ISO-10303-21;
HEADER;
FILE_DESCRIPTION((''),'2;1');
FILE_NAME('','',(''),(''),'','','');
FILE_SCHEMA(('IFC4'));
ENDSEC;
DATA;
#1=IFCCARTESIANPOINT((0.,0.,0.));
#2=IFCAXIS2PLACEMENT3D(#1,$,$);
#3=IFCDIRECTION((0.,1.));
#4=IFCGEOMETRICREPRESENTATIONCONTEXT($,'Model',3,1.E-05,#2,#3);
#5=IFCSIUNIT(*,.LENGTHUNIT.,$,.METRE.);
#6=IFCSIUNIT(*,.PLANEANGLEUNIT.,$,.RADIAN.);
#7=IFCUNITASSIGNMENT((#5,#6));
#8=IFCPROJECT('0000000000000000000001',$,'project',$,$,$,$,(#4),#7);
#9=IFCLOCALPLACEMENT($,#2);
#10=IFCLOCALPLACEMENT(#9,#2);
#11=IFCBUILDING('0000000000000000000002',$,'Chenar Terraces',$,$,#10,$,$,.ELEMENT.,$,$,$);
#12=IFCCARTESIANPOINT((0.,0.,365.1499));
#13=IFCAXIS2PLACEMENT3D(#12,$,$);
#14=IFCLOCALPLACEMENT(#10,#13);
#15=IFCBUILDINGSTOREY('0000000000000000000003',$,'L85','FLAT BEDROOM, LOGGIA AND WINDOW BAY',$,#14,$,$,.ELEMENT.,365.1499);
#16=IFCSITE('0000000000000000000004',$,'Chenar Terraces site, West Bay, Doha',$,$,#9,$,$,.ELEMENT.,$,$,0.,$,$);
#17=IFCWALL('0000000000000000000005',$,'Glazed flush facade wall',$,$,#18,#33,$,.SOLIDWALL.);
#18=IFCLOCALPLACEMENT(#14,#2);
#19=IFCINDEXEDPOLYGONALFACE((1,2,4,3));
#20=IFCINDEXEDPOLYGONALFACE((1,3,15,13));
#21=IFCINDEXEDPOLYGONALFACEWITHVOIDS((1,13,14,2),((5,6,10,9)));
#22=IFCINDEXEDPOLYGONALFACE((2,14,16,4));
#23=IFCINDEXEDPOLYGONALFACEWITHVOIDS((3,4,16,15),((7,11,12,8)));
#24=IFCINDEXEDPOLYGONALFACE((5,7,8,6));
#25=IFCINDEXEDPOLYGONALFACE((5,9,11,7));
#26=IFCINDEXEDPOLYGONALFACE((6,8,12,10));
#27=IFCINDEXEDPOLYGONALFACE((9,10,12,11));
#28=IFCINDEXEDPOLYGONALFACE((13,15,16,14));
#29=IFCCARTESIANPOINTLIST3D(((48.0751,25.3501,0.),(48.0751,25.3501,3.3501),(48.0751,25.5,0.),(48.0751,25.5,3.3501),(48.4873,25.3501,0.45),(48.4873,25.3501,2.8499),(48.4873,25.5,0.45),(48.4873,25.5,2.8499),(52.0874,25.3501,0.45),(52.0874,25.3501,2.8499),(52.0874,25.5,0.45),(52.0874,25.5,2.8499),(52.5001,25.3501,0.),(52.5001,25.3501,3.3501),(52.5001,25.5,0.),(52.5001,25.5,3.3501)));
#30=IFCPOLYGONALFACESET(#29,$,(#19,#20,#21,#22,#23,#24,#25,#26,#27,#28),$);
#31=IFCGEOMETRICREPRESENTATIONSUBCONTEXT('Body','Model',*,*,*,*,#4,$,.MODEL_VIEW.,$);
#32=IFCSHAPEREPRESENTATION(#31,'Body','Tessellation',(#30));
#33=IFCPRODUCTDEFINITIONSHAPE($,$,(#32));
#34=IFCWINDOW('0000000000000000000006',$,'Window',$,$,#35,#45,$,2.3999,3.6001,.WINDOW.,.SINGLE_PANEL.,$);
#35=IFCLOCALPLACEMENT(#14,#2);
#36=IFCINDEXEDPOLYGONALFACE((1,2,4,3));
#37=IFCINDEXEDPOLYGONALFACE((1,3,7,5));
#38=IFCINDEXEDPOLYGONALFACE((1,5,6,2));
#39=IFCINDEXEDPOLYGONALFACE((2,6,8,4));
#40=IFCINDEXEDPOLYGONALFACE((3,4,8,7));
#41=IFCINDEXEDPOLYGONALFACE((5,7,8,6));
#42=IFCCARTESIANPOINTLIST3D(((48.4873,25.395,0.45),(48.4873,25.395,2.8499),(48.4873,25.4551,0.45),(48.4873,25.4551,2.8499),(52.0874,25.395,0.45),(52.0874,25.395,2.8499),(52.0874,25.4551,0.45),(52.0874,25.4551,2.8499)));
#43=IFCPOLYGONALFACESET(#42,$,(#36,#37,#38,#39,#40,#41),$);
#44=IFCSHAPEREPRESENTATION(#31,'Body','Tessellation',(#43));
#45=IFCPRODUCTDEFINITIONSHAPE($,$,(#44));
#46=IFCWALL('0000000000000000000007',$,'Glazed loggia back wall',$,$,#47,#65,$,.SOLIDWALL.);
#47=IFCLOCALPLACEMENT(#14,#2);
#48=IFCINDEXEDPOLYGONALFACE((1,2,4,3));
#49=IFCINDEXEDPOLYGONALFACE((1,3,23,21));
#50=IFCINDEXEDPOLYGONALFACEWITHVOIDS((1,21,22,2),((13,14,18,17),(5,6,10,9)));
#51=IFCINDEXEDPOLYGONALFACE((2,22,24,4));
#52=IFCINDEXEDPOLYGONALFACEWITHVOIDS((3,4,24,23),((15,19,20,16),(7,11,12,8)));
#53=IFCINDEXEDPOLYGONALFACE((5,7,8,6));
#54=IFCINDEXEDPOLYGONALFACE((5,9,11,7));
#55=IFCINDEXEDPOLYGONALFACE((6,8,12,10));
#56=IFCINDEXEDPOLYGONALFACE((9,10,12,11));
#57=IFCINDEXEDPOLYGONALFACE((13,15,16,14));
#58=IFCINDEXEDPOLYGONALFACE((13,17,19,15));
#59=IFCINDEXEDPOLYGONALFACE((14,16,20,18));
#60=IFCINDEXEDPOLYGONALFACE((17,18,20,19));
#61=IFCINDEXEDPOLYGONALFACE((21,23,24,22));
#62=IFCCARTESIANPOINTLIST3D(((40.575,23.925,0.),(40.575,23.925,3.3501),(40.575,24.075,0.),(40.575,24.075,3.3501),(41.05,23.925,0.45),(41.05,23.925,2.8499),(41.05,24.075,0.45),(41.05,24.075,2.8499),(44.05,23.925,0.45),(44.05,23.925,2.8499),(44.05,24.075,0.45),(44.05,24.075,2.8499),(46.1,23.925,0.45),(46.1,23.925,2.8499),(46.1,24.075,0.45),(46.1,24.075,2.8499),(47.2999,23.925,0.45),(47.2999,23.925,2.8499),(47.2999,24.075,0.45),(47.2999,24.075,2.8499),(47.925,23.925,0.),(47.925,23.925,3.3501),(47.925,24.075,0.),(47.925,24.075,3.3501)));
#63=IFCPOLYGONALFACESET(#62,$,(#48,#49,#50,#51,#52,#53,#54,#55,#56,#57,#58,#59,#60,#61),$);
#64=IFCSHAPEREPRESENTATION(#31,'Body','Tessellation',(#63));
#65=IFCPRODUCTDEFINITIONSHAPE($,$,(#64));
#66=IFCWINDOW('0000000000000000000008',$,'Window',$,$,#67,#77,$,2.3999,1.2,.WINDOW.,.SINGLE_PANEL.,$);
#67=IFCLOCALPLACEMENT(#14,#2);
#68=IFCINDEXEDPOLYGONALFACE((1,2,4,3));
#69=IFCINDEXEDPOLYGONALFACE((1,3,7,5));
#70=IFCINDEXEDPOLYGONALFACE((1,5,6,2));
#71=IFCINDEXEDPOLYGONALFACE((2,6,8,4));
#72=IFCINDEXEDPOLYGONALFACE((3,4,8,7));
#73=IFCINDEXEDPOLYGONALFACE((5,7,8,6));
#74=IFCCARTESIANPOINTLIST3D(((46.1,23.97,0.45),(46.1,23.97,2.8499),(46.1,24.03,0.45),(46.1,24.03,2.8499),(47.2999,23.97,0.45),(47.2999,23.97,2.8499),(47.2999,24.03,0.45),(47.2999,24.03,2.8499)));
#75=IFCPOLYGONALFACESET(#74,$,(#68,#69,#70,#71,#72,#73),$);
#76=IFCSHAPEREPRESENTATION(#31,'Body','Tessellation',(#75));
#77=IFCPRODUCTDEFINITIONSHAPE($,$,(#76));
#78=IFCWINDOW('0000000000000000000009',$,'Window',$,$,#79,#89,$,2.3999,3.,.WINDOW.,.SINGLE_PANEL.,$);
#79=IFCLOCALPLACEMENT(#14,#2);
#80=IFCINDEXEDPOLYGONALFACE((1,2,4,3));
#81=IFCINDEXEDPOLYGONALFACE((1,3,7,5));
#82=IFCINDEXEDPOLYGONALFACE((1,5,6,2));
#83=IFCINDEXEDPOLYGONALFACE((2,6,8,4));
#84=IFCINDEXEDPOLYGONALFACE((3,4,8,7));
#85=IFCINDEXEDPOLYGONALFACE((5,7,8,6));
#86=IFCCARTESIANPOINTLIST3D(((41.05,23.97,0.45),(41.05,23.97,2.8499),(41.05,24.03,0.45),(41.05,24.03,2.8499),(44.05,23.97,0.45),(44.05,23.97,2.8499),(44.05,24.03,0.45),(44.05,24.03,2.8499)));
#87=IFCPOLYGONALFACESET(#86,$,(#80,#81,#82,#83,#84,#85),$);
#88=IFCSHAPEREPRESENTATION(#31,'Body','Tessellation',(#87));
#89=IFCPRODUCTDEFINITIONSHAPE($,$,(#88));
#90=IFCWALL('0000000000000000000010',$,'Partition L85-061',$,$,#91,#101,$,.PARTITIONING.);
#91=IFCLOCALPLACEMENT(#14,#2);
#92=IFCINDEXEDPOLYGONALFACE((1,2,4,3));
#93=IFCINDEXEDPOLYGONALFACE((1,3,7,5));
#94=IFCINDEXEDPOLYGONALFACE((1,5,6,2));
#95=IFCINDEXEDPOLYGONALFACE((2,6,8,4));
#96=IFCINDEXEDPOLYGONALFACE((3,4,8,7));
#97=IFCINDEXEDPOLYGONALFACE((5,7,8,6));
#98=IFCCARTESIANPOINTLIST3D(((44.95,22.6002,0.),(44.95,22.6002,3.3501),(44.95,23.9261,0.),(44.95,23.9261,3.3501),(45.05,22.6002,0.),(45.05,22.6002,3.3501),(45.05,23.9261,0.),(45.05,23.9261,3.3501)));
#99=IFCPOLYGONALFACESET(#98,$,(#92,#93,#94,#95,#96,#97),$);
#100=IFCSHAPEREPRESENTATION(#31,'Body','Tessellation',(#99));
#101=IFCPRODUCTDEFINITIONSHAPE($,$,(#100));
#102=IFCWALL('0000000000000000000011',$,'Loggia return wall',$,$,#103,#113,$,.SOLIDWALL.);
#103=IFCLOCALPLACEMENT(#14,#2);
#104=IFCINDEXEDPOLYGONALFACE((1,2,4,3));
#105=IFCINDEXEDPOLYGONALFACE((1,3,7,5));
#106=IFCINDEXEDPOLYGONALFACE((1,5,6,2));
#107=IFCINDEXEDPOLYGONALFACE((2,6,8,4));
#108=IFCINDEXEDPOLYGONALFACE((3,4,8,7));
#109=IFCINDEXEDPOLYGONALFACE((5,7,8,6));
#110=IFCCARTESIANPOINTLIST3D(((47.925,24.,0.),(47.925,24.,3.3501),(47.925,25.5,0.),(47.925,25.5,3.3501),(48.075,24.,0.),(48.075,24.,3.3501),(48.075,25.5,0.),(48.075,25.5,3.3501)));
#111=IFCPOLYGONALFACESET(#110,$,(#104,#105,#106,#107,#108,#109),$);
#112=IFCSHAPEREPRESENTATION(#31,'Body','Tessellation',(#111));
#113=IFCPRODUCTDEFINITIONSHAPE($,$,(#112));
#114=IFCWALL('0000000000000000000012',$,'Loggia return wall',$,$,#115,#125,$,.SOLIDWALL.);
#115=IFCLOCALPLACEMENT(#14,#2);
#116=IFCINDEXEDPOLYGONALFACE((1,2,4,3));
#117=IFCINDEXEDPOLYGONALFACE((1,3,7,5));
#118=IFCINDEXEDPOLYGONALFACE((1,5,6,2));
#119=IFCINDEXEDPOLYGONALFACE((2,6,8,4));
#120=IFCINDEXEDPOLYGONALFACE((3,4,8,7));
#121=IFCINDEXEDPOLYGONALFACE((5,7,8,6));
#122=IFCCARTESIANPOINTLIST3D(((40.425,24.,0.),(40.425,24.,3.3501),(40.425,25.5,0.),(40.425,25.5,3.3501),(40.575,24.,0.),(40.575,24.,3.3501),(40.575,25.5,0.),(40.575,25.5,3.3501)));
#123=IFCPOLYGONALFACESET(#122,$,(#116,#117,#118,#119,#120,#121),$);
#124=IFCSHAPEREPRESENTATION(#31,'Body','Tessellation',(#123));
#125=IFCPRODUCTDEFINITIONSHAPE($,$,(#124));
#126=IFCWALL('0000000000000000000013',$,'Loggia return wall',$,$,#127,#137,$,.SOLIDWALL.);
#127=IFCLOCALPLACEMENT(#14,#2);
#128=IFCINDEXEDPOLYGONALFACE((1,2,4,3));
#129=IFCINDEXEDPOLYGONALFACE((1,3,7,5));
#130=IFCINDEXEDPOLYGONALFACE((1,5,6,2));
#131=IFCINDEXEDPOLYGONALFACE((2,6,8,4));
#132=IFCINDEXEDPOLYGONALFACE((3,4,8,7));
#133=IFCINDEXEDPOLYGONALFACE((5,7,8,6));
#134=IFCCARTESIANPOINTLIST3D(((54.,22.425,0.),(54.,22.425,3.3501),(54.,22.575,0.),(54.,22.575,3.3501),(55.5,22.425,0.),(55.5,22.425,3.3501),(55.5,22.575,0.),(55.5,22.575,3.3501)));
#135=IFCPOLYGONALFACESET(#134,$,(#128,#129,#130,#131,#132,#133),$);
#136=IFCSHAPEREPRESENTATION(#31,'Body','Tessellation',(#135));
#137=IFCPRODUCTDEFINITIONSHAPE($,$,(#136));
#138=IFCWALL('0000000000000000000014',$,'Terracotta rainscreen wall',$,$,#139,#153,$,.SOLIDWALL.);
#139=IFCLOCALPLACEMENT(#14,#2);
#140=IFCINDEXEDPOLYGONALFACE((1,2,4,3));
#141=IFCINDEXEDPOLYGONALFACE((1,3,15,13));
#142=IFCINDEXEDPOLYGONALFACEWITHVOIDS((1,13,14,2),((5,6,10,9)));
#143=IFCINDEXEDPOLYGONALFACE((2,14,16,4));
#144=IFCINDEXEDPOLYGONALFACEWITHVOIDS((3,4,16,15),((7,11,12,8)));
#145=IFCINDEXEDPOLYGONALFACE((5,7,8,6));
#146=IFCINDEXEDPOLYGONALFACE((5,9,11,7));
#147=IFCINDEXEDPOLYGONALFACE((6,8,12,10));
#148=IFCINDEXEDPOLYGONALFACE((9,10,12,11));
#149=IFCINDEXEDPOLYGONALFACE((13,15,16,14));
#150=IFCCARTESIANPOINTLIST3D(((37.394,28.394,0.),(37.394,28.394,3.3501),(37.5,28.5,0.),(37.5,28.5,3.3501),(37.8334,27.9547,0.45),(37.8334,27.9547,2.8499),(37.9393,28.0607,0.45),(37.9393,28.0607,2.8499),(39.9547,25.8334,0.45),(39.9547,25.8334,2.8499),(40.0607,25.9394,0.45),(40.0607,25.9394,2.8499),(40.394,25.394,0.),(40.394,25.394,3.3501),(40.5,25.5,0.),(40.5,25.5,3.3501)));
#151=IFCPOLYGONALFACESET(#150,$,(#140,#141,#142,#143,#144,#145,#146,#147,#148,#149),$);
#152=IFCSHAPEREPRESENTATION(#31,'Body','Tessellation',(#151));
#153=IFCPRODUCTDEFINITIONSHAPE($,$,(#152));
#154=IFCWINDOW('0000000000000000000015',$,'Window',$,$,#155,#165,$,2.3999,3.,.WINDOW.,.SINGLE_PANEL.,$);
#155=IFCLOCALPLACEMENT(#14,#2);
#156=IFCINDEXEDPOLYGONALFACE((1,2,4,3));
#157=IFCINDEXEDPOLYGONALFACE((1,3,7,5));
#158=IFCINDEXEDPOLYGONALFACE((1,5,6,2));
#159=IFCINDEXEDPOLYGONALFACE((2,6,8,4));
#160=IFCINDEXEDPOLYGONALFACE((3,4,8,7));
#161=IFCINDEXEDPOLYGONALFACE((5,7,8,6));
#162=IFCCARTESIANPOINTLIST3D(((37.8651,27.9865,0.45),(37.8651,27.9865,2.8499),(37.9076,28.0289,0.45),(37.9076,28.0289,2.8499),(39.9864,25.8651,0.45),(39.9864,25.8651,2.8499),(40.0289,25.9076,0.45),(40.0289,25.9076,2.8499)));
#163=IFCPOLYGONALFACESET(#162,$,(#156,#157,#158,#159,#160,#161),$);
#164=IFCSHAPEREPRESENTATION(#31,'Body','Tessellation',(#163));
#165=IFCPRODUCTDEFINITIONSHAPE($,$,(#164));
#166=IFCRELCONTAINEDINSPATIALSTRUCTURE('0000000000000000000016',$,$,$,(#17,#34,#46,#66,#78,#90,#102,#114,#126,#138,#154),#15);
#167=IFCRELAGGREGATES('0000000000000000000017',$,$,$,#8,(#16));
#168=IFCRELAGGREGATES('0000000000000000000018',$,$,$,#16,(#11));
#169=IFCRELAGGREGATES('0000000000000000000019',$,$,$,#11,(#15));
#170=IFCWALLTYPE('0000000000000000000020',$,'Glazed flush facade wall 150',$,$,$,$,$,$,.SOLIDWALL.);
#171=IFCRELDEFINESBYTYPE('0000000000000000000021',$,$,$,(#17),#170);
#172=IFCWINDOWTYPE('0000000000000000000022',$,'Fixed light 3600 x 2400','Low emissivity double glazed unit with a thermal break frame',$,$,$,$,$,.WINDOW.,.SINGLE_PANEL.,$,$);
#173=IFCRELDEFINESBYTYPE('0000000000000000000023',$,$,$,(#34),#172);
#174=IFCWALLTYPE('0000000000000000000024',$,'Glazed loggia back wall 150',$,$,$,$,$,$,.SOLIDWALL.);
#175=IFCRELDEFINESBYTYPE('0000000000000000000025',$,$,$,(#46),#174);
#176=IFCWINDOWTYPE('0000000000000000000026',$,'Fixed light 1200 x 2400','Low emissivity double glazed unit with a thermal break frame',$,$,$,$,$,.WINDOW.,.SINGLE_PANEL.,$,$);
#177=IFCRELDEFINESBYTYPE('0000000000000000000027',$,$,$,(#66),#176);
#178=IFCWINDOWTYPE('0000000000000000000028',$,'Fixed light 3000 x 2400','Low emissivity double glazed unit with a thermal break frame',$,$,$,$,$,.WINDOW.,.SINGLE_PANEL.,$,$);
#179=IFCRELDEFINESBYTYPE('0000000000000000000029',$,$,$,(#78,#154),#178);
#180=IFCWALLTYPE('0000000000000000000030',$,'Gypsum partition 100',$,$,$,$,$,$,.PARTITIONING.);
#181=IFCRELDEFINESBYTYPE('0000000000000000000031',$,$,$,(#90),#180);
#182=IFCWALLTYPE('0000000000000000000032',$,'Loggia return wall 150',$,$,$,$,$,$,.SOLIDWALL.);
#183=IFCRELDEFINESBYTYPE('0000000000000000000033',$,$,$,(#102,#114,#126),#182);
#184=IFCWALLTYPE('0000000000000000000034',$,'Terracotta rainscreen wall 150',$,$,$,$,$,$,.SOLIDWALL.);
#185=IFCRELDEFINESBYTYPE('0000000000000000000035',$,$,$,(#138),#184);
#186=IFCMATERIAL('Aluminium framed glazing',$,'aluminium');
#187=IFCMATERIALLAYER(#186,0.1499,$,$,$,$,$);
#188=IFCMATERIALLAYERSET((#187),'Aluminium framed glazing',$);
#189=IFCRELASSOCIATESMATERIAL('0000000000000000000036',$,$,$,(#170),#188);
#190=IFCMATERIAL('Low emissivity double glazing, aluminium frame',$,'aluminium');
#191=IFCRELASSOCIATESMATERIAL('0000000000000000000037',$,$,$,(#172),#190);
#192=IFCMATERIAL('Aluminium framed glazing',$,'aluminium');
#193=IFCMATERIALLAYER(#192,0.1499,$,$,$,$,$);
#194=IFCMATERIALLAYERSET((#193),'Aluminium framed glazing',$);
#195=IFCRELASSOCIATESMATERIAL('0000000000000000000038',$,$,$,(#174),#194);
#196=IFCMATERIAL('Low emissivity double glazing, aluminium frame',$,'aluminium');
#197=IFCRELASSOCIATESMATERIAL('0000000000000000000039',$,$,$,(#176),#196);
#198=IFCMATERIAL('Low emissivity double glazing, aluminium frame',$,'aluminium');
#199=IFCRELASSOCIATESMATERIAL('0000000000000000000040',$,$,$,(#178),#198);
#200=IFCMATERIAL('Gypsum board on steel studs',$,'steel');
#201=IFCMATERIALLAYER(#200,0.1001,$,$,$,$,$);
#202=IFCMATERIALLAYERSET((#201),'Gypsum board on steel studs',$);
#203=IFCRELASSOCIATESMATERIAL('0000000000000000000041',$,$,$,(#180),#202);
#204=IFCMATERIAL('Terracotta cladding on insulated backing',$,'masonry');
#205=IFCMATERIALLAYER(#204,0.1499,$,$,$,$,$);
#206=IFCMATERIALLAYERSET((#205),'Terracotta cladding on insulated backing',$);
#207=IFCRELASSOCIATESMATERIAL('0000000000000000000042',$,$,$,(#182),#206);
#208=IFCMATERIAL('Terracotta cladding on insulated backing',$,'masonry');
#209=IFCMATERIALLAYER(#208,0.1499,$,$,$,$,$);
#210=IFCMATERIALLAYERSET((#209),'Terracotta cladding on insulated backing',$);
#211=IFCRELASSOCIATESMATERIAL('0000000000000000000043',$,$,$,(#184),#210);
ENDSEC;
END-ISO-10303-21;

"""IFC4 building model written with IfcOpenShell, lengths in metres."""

from ifc_helpers import new_model, si_unit, direction, frame, frame_2d, origin, place, context, subcontext, project, spatial, rectangle, extrude, material, layer, layer_set, type_object, element, fill, save


model = new_model("IFC4")

# Units and contexts
model_context = context("Model", 3, precision=1e-05, world=origin(), true_north=direction((0.0, 1.0)))
body_context = subcontext(model_context, "Body", "Model", "MODEL_VIEW")
ifc_project = project(units=[si_unit("LENGTHUNIT", "METRE"), si_unit("PLANEANGLEUNIT", "RADIAN")], contexts=[model_context])

# Site, building, storey
site_placement = place(None, origin())
site = spatial("IfcSite", under=ifc_project, at=site_placement, Name="Chenar Terraces site, West Bay, Doha", CompositionType="ELEMENT", RefElevation=0.0)
building_placement = place(site_placement, origin())
building = spatial("IfcBuilding", under=site, at=building_placement, Name="Chenar Terraces", CompositionType="ELEMENT")
storey_placement = place(building_placement, frame((0.0, 0.0, 365.1499)))
storey = spatial("IfcBuildingStorey", under=building, at=storey_placement, Name="L85", Description="FLAT BEDROOM, LOGGIA AND WINDOW BAY", CompositionType="ELEMENT", Elevation=365.1499)

# Wall, opening, window
ifc_material_1 = material(Name="Aluminium framed glazing", Category="aluminium")
ifc_layer_1 = layer(ifc_material_1, 0.1499)
ifc_layer_set_1 = layer_set([ifc_layer_1], Name="Aluminium framed glazing")
wall_type_1 = type_object("IfcWallType", Name="Glazed flush facade wall 150", PredefinedType="SOLIDWALL", material=ifc_layer_set_1)
wall_1_placement = place(storey_placement, frame((52.5, 25.425, 0.0), z_axis=(0.0, 0.0, 1.0), x_axis=(-1.0, 0.0, 0.0)))
wall_1 = element("IfcWall", 1, at=wall_1_placement, inside=storey, type_object=wall_type_1, Name="Glazed flush facade wall", PredefinedType="SOLIDWALL", context=body_context, shape_type="SweptSolid", body=[
    extrude(rectangle(XDim=4.425, YDim=0.1499, at=frame_2d((2.2124, 0.0))), origin(), (0.0, 0.0, 1.0), 3.3501),
])
opening_1_placement = place(wall_1_placement, frame((0.4126, 0.0, 0.45)))
opening_1 = element("IfcOpeningElement", 2, at=opening_1_placement, cuts=wall_1, PredefinedType="OPENING", context=body_context, shape_type="SweptSolid", body=[
    extrude(rectangle(XDim=3.6001, YDim=2.3999, at=frame_2d((1.8, 1.2))), frame((0.0, 0.085, 0.0), z_axis=(0.0, -1.0, 0.0), x_axis=(1.0, 0.0, 0.0)), (0.0, 0.0, 1.0), 0.1699),
])
ifc_material_2 = material(Name="Low emissivity double glazing, aluminium frame", Category="aluminium")
window_type_1 = type_object("IfcWindowType", Name="Fixed light 3600 x 2400", Description="Low emissivity double glazed unit with a thermal break frame", PartitioningType="SINGLE_PANEL", PredefinedType="WINDOW", material=ifc_material_2)
window_1_placement = place(opening_1_placement, origin())
window_1 = element("IfcWindow", 3, at=window_1_placement, inside=storey, type_object=window_type_1, Name="Window", OverallHeight=2.3999, OverallWidth=3.6001, PartitioningType="SINGLE_PANEL", PredefinedType="WINDOW", context=body_context, shape_type="SweptSolid", body=[
    extrude(rectangle(XDim=3.6001, YDim=2.3999, at=frame_2d((1.8, 1.2))), frame((0.0, 0.03, 0.0), z_axis=(0.0, -1.0, 0.0), x_axis=(1.0, 0.0, 0.0)), (0.0, 0.0, 1.0), 0.0601),
])
fill(opening_1, window_1)

# Wall, openings, windows
ifc_material_3 = material(Name="Aluminium framed glazing", Category="aluminium")
ifc_layer_2 = layer(ifc_material_3, 0.1499)
ifc_layer_set_2 = layer_set([ifc_layer_2], Name="Aluminium framed glazing")
wall_type_2 = type_object("IfcWallType", Name="Glazed loggia back wall 150", PredefinedType="SOLIDWALL", material=ifc_layer_set_2)
wall_2_placement = place(storey_placement, frame((47.925, 24.0, 0.0), z_axis=(0.0, 0.0, 1.0), x_axis=(-1.0, 0.0, 0.0)))
wall_2 = element("IfcWall", 4, at=wall_2_placement, inside=storey, type_object=wall_type_2, Name="Glazed loggia back wall", PredefinedType="SOLIDWALL", context=body_context, shape_type="SweptSolid", body=[
    extrude(rectangle(XDim=7.3501, YDim=0.1499, at=frame_2d((3.675, 0.0))), origin(), (0.0, 0.0, 1.0), 3.3501),
])
opening_2_placement = place(wall_2_placement, frame((0.625, 0.0, 0.45)))
opening_2 = element("IfcOpeningElement", 5, at=opening_2_placement, cuts=wall_2, PredefinedType="OPENING", context=body_context, shape_type="SweptSolid", body=[
    extrude(rectangle(XDim=1.2, YDim=2.3999, at=frame_2d((0.6001, 1.2))), frame((0.0, 0.085, 0.0), z_axis=(0.0, -1.0, 0.0), x_axis=(1.0, 0.0, 0.0)), (0.0, 0.0, 1.0), 0.1699),
])
opening_3_placement = place(wall_2_placement, frame((3.875, 0.0, 0.45)))
opening_3 = element("IfcOpeningElement", 6, at=opening_3_placement, cuts=wall_2, PredefinedType="OPENING", context=body_context, shape_type="SweptSolid", body=[
    extrude(rectangle(XDim=3.0, YDim=2.3999, at=frame_2d((1.5, 1.2))), frame((0.0, 0.085, 0.0), z_axis=(0.0, -1.0, 0.0), x_axis=(1.0, 0.0, 0.0)), (0.0, 0.0, 1.0), 0.1699),
])
ifc_material_4 = material(Name="Low emissivity double glazing, aluminium frame", Category="aluminium")
window_type_2 = type_object("IfcWindowType", Name="Fixed light 1200 x 2400", Description="Low emissivity double glazed unit with a thermal break frame", PartitioningType="SINGLE_PANEL", PredefinedType="WINDOW", material=ifc_material_4)
window_2_placement = place(opening_2_placement, origin())
window_2 = element("IfcWindow", 7, at=window_2_placement, inside=storey, type_object=window_type_2, Name="Window", OverallHeight=2.3999, OverallWidth=1.2, PartitioningType="SINGLE_PANEL", PredefinedType="WINDOW", context=body_context, shape_type="SweptSolid", body=[
    extrude(rectangle(XDim=1.2, YDim=2.3999, at=frame_2d((0.6001, 1.2))), frame((0.0, 0.03, 0.0), z_axis=(0.0, -1.0, 0.0), x_axis=(1.0, 0.0, 0.0)), (0.0, 0.0, 1.0), 0.0601),
])
fill(opening_2, window_2)
ifc_material_5 = material(Name="Low emissivity double glazing, aluminium frame", Category="aluminium")
window_type_3 = type_object("IfcWindowType", Name="Fixed light 3000 x 2400", Description="Low emissivity double glazed unit with a thermal break frame", PartitioningType="SINGLE_PANEL", PredefinedType="WINDOW", material=ifc_material_5)
window_3_placement = place(opening_3_placement, origin())
window_3 = element("IfcWindow", 8, at=window_3_placement, inside=storey, type_object=window_type_3, Name="Window", OverallHeight=2.3999, OverallWidth=3.0, PartitioningType="SINGLE_PANEL", PredefinedType="WINDOW", context=body_context, shape_type="SweptSolid", body=[
    extrude(rectangle(XDim=3.0, YDim=2.3999, at=frame_2d((1.5, 1.2))), frame((0.0, 0.03, 0.0), z_axis=(0.0, -1.0, 0.0), x_axis=(1.0, 0.0, 0.0)), (0.0, 0.0, 1.0), 0.0601),
])
fill(opening_3, window_3)

# Walls
ifc_material_6 = material(Name="Gypsum board on steel studs", Category="steel")
ifc_layer_3 = layer(ifc_material_6, 0.1001)
ifc_layer_set_3 = layer_set([ifc_layer_3], Name="Gypsum board on steel studs")
wall_type_3 = type_object("IfcWallType", Name="Gypsum partition 100", PredefinedType="PARTITIONING", material=ifc_layer_set_3)
wall_3_placement = place(storey_placement, frame((45.0, 22.6001, 0.0), z_axis=(0.0, 0.0, 1.0), x_axis=(0.0, 1.0, 0.0)))
element("IfcWall", 9, at=wall_3_placement, inside=storey, type_object=wall_type_3, Name="Partition L85-061", PredefinedType="PARTITIONING", context=body_context, shape_type="SweptSolid", body=[
    extrude(rectangle(XDim=1.3259, YDim=0.1001, at=frame_2d((0.6631, 0.0))), origin(), (0.0, 0.0, 1.0), 3.3501),
])
ifc_material_7 = material(Name="Terracotta cladding on insulated backing", Category="masonry")
ifc_layer_4 = layer(ifc_material_7, 0.1499)
ifc_layer_set_4 = layer_set([ifc_layer_4], Name="Terracotta cladding on insulated backing")
wall_type_4 = type_object("IfcWallType", Name="Loggia return wall 150", PredefinedType="SOLIDWALL", material=ifc_layer_set_4)
for number, where, z_axis, x_axis, name in (
    (10, (48.0, 25.5, 0.0), (0.0, 0.0, 1.0), (0.0, -1.0, 0.0), "Loggia return wall"),
    (11, (40.5, 25.5, 0.0), (0.0, 0.0, 1.0), (0.0, -1.0, 0.0), "Loggia return wall"),
    (12, (55.5, 22.5, 0.0), (0.0, 0.0, 1.0), (-1.0, 0.0, 0.0), "Loggia return wall"),
):
    element("IfcWall", number, at=place(storey_placement, frame(where, z_axis=z_axis, x_axis=x_axis)), inside=storey, type_object=wall_type_4, Name=name, PredefinedType="SOLIDWALL", context=body_context, shape_type="SweptSolid", body=[
        extrude(rectangle(XDim=1.5, YDim=0.1499, at=frame_2d((0.75, 0.0))), origin(), (0.0, 0.0, 1.0), 3.3501),
    ])

# Wall, opening, window
ifc_material_8 = material(Name="Terracotta cladding on insulated backing", Category="masonry")
ifc_layer_5 = layer(ifc_material_8, 0.1499)
ifc_layer_set_5 = layer_set([ifc_layer_5], Name="Terracotta cladding on insulated backing")
wall_type_5 = type_object("IfcWallType", Name="Terracotta rainscreen wall 150", PredefinedType="SOLIDWALL", material=ifc_layer_set_5)
wall_4_placement = place(storey_placement, frame((40.447, 25.447, 0.0), z_axis=(0.0, 0.0, 1.0), x_axis=(-0.707107, 0.707107, 0.0)))
wall_4 = element("IfcWall", 13, at=wall_4_placement, inside=storey, type_object=wall_type_5, Name="Terracotta rainscreen wall", PredefinedType="SOLIDWALL", context=body_context, shape_type="SweptSolid", body=[
    extrude(rectangle(XDim=4.2427, YDim=0.1499, at=frame_2d((2.1213, 0.0))), origin(), (0.0, 0.0, 1.0), 3.3501),
])
opening_4_placement = place(wall_4_placement, frame((0.6213, 0.0, 0.45)))
opening_4 = element("IfcOpeningElement", 14, at=opening_4_placement, cuts=wall_4, PredefinedType="OPENING", context=body_context, shape_type="SweptSolid", body=[
    extrude(rectangle(XDim=3.0, YDim=2.3999, at=frame_2d((1.5, 1.2))), frame((0.0, 0.085, 0.0), z_axis=(0.0, -1.0, 0.0), x_axis=(1.0, 0.0, 0.0)), (0.0, 0.0, 1.0), 0.1699),
])
window_4_placement = place(opening_4_placement, origin())
window_4 = element("IfcWindow", 15, at=window_4_placement, inside=storey, type_object=window_type_3, Name="Window", OverallHeight=2.3999, OverallWidth=3.0, PartitioningType="SINGLE_PANEL", PredefinedType="WINDOW", context=body_context, shape_type="SweptSolid", body=[
    extrude(rectangle(XDim=3.0, YDim=2.3999, at=frame_2d((1.5, 1.2))), frame((0.0, 0.03, 0.0), z_axis=(0.0, -1.0, 0.0), x_axis=(1.0, 0.0, 0.0)), (0.0, 0.0, 1.0), 0.0601),
])
fill(opening_4, window_4)

save(model, "model.ifc")
